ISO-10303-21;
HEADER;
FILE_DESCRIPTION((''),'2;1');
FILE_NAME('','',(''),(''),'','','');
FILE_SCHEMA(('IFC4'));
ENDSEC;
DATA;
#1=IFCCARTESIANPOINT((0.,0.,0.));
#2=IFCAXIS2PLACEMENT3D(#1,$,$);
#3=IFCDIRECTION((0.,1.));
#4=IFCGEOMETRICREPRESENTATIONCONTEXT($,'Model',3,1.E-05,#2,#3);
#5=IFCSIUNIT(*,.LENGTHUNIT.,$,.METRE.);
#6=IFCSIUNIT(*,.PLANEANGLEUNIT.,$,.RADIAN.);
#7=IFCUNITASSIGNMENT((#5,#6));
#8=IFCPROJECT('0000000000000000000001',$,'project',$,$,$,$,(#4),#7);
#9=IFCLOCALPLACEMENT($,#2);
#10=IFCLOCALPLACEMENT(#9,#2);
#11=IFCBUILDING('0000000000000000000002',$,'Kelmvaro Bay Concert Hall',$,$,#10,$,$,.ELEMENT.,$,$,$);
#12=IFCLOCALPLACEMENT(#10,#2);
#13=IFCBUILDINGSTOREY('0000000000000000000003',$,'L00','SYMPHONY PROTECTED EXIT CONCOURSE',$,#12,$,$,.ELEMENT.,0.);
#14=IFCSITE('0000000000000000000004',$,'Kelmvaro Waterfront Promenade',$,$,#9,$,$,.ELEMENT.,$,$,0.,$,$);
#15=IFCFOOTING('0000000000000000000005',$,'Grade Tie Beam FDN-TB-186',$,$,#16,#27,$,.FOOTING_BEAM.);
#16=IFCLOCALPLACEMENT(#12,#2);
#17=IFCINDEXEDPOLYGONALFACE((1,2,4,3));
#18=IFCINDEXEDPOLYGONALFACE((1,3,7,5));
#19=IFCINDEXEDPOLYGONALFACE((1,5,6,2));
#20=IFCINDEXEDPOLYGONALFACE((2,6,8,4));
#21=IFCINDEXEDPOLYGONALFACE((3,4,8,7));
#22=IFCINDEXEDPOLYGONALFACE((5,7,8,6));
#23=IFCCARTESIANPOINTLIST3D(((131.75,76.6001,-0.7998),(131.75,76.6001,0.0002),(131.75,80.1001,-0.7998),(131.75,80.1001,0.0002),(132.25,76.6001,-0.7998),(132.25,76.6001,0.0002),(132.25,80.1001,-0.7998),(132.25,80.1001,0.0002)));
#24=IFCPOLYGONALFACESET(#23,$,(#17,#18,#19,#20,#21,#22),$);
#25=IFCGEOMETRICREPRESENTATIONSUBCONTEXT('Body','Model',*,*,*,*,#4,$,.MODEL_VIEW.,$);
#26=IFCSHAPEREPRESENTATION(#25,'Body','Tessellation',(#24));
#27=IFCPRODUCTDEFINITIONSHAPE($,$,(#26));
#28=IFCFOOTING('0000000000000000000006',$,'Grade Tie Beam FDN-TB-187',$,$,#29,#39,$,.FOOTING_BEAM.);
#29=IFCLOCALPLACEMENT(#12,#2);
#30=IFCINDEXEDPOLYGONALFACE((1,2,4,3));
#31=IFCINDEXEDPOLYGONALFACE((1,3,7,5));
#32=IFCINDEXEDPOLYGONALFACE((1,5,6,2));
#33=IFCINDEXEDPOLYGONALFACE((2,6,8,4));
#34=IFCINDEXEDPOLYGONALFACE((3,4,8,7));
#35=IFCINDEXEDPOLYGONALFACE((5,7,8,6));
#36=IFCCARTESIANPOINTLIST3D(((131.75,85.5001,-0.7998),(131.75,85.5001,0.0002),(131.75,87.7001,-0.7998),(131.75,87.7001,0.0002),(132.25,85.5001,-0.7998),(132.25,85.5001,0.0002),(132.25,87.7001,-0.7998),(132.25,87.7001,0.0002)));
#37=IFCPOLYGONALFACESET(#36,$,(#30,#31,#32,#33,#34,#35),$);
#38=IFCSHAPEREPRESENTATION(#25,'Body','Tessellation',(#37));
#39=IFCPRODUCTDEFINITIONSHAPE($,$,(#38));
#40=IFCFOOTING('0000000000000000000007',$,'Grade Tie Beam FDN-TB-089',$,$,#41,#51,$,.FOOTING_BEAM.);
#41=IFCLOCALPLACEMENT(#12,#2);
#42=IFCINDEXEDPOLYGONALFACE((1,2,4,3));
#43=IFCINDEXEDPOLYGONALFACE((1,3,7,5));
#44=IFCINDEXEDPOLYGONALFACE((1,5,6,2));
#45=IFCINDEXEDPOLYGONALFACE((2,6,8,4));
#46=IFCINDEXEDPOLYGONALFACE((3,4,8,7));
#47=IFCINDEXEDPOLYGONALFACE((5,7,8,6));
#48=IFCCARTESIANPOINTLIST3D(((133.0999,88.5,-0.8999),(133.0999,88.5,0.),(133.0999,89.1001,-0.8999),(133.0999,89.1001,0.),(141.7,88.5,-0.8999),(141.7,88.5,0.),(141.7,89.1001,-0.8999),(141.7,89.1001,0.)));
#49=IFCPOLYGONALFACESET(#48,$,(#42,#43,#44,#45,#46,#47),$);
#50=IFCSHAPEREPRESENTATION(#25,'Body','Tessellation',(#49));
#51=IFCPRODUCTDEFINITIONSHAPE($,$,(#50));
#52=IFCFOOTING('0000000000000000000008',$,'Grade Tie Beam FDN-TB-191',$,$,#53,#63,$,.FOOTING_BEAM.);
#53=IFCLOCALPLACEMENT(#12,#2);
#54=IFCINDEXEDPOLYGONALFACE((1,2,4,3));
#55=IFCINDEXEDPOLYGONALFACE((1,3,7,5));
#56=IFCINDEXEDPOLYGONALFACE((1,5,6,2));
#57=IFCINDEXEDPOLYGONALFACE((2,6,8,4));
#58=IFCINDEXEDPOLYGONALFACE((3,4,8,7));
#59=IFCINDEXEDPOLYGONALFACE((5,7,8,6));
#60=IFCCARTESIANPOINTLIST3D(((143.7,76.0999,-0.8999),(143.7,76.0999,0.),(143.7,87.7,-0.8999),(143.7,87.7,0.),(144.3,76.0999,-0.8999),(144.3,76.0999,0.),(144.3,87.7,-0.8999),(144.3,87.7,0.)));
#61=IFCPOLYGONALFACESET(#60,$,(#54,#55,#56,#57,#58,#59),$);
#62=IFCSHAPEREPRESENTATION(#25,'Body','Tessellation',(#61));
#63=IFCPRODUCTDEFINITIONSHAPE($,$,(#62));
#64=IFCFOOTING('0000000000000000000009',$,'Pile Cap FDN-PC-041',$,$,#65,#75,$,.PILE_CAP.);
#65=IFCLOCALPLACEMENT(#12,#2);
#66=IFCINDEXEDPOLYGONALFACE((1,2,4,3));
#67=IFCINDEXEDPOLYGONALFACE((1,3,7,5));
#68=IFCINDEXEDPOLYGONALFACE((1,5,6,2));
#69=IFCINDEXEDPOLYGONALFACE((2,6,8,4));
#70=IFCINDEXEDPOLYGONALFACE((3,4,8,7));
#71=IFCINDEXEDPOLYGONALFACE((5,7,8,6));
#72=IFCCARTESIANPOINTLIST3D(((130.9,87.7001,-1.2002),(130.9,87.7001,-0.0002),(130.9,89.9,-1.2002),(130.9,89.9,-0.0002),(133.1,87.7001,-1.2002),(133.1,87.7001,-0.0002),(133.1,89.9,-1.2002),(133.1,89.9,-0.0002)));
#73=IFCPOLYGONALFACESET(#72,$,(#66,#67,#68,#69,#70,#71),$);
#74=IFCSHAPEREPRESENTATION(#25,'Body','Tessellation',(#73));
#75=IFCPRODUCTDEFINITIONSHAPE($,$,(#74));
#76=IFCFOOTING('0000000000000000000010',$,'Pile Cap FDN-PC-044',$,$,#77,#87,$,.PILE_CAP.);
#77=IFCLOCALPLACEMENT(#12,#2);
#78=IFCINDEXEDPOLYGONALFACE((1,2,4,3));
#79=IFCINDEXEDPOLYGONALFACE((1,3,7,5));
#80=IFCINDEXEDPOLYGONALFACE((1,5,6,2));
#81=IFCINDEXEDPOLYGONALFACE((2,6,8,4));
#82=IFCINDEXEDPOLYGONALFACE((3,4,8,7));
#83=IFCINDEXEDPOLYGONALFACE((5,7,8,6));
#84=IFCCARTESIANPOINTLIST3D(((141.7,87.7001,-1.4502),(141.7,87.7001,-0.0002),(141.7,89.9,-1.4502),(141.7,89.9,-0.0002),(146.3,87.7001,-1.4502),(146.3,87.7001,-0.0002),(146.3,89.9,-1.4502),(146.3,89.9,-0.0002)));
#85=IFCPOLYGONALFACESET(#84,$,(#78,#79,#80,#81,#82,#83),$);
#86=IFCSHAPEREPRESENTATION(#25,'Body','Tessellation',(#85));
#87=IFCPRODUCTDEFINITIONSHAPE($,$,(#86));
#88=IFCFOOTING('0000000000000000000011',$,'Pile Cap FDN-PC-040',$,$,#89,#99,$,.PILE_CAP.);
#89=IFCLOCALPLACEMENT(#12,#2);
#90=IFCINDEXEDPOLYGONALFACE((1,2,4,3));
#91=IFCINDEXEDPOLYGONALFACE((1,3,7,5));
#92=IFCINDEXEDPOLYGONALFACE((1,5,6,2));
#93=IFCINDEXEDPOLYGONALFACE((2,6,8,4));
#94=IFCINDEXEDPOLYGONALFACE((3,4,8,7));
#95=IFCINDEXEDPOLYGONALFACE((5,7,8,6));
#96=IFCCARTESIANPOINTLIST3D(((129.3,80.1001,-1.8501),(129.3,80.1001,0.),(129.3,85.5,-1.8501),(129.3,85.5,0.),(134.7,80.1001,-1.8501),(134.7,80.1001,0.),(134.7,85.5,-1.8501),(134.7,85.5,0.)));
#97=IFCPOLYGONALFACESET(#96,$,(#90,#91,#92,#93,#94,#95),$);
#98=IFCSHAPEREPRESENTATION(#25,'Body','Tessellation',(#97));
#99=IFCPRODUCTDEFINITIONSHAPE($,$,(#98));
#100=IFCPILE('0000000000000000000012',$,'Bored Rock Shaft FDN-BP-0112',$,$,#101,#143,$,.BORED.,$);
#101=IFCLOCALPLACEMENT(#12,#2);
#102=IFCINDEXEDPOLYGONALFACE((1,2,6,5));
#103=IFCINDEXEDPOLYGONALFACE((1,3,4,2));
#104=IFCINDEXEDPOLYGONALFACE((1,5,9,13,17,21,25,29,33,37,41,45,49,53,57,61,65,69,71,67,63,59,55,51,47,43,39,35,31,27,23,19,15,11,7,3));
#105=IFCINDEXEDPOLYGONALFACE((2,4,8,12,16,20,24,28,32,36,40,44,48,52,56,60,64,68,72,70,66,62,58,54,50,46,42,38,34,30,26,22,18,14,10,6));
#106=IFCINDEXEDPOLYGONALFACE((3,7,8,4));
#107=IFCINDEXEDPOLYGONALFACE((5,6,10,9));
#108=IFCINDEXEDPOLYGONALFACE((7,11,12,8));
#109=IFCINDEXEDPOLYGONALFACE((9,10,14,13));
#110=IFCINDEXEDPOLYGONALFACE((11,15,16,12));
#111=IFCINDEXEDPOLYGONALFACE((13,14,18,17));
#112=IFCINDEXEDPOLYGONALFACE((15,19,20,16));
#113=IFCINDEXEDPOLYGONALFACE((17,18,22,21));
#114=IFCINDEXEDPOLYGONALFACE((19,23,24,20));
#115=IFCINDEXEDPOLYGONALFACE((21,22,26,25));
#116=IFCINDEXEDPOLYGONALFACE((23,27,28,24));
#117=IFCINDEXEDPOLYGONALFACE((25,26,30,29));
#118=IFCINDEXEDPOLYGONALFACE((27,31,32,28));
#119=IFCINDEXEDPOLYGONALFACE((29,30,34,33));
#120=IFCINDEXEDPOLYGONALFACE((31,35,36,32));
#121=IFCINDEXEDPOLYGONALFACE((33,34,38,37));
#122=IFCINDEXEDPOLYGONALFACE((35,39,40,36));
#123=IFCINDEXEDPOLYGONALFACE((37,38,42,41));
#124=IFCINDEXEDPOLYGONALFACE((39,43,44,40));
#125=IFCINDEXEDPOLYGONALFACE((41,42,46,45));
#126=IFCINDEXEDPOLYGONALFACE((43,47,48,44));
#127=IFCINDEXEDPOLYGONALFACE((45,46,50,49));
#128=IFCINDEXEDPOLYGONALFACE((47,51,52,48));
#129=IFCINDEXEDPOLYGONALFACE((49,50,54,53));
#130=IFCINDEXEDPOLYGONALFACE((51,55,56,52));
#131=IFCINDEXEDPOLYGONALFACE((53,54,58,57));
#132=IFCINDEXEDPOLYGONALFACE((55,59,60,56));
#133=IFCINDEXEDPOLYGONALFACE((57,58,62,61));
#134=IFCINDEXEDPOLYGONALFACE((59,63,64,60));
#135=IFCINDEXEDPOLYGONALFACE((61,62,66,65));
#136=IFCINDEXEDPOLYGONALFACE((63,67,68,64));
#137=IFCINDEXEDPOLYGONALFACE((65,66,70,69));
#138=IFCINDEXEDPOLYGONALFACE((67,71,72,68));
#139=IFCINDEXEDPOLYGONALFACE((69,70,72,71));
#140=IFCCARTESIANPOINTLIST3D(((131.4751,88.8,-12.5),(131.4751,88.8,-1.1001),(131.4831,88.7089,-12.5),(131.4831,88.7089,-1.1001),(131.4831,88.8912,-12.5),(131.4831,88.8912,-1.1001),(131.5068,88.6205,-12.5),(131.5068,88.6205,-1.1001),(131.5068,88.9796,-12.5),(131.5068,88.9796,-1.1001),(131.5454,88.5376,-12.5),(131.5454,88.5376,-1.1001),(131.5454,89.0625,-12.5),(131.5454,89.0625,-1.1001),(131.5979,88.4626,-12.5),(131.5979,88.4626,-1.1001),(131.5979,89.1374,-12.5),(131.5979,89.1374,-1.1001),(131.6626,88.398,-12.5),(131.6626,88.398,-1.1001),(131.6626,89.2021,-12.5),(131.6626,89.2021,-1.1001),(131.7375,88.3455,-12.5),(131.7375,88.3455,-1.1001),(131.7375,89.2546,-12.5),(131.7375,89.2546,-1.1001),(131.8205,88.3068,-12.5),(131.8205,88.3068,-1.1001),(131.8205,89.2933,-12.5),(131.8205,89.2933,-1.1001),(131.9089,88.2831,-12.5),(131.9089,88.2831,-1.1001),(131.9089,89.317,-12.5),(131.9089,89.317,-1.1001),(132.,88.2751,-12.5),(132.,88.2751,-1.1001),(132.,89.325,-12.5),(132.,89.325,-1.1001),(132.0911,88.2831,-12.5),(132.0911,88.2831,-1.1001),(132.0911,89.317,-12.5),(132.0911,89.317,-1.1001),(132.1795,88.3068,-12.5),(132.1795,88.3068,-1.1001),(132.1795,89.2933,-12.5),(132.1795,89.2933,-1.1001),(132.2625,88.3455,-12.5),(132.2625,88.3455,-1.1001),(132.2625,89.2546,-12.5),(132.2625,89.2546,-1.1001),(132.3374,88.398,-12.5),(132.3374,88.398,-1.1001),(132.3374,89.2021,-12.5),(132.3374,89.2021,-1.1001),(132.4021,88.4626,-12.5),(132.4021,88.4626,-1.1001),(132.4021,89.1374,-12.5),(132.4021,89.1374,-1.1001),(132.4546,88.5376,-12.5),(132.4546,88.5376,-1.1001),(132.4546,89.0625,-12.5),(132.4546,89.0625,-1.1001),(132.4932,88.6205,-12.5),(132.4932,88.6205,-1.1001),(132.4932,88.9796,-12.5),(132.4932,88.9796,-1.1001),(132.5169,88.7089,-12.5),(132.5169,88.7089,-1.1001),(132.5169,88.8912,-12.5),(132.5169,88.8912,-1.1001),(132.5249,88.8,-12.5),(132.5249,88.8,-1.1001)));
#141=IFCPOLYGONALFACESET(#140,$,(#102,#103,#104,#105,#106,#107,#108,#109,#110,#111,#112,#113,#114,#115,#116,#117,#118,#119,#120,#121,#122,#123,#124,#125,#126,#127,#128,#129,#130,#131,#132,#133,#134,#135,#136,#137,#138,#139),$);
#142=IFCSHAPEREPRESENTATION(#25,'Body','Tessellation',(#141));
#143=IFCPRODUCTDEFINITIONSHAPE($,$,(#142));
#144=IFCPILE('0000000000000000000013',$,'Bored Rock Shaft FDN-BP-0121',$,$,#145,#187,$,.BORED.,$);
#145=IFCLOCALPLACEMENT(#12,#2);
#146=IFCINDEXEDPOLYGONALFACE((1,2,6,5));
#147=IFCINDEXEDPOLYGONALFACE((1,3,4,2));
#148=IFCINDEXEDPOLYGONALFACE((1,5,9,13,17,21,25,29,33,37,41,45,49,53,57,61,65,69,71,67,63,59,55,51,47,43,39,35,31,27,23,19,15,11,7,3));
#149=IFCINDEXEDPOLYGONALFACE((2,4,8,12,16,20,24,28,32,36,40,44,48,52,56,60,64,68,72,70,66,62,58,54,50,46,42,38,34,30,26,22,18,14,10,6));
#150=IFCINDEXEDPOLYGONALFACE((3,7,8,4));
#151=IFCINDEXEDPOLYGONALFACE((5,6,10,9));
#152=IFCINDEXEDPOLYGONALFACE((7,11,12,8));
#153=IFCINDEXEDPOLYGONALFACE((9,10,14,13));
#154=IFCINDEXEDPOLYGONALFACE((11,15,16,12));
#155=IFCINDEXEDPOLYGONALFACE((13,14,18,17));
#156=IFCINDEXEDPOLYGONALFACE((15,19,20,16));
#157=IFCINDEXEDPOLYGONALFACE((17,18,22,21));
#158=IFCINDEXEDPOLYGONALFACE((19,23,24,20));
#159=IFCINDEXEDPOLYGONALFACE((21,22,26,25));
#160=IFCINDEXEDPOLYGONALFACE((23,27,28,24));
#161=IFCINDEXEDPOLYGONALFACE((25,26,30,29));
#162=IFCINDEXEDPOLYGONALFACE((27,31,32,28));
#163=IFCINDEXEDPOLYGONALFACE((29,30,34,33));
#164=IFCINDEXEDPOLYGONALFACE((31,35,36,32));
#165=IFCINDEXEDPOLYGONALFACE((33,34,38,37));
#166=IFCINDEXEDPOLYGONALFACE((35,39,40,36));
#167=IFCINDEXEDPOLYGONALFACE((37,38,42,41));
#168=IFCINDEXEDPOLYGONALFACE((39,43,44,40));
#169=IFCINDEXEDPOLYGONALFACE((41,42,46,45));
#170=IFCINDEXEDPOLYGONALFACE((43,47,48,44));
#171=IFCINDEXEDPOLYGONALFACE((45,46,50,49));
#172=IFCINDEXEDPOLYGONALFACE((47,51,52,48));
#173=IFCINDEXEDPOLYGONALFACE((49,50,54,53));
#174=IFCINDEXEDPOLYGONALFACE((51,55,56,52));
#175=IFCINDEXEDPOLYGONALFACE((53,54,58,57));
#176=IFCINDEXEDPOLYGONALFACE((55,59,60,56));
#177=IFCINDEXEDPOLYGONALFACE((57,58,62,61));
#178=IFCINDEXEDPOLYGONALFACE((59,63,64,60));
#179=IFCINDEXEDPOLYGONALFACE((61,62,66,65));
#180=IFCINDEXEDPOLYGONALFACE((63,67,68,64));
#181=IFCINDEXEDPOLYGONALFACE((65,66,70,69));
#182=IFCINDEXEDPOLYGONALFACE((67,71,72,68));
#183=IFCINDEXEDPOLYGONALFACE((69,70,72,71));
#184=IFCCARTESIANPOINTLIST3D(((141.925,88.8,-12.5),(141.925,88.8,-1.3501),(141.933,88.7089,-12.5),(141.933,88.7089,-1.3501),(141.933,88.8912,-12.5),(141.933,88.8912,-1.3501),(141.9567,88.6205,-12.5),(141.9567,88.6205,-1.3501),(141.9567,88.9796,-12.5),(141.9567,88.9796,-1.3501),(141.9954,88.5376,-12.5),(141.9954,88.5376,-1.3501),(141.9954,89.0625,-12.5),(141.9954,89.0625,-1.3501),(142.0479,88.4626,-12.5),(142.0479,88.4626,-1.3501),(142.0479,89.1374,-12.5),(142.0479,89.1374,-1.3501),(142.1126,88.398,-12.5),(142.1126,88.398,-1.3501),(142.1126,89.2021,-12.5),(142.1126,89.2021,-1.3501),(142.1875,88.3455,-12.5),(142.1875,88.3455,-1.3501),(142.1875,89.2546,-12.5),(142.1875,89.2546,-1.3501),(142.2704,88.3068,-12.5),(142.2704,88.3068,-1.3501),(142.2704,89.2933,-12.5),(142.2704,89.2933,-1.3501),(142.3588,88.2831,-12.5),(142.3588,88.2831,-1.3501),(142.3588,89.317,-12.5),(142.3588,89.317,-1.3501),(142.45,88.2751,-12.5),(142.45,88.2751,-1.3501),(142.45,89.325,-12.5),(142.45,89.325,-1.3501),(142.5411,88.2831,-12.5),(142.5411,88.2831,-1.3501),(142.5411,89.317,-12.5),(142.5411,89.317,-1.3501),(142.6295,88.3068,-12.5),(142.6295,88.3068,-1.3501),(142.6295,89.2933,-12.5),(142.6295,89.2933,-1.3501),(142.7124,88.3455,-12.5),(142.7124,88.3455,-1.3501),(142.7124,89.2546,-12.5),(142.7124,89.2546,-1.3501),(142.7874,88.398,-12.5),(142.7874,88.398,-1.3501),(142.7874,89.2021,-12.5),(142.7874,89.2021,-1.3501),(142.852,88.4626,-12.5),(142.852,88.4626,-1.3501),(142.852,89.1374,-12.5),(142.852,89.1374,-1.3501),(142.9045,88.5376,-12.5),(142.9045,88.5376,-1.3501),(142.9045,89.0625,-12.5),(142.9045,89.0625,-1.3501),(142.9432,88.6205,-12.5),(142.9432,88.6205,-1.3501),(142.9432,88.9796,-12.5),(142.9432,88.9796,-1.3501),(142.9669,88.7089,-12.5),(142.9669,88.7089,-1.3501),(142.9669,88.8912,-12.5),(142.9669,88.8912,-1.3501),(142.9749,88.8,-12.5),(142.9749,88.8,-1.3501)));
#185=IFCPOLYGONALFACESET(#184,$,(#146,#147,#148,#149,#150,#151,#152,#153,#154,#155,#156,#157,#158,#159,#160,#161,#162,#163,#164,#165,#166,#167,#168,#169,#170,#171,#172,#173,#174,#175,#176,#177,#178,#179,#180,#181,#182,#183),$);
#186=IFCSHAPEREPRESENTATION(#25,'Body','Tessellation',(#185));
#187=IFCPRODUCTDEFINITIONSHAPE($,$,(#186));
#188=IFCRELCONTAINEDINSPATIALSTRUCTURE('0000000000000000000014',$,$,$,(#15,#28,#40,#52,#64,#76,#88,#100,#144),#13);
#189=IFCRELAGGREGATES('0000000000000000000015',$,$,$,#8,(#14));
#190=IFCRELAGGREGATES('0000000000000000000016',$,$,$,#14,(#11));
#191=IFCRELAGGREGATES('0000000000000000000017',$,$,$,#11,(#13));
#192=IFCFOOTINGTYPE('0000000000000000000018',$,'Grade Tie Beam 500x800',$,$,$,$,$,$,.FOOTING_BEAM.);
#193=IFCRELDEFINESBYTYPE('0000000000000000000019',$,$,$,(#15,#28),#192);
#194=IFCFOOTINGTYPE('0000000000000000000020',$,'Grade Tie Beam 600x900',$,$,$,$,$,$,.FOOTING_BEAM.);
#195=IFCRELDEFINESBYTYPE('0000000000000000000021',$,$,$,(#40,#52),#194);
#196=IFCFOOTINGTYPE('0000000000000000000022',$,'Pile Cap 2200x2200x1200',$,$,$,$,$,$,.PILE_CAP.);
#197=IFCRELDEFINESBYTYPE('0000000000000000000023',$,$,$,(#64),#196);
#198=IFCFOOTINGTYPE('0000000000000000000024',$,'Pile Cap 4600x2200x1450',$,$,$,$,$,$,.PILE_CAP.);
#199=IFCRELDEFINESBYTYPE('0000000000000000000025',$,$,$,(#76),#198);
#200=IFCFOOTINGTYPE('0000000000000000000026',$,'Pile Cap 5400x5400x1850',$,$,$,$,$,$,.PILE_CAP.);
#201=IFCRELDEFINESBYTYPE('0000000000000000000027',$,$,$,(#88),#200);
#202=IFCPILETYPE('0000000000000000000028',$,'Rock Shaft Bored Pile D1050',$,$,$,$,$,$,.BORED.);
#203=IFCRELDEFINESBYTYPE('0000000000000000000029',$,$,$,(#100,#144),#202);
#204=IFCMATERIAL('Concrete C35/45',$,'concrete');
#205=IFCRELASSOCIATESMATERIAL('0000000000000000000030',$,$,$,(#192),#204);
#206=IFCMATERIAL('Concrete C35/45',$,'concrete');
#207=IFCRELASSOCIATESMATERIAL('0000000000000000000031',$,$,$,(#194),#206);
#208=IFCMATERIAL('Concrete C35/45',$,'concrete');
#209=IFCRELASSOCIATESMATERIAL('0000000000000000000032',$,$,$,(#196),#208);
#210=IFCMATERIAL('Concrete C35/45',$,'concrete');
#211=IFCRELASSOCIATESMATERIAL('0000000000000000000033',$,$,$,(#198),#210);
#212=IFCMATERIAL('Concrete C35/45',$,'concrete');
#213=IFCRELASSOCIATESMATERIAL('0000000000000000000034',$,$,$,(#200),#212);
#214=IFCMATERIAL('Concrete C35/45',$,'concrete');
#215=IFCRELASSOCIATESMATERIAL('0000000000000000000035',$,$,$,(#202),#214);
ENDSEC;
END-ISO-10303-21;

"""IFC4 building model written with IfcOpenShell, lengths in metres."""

from ifc_helpers import new_model, si_unit, direction, frame, origin, origin_2d, place, context, subcontext, project, spatial, rectangle, circle, extrude, material, material_profile, profile_set, type_object, element, save


model = new_model("IFC4")

# Units and contexts
model_context = context("Model", 3, precision=1e-05, world=origin(), true_north=direction((0.0, 1.0)))
body_context = subcontext(model_context, "Body", "Model", "MODEL_VIEW")
ifc_project = project(units=[si_unit("LENGTHUNIT", "METRE"), si_unit("PLANEANGLEUNIT", "RADIAN")], contexts=[model_context])

# Site, building, storey
site_placement = place(None, origin())
site = spatial("IfcSite", under=ifc_project, at=site_placement, Name="Kelmvaro Waterfront Promenade", CompositionType="ELEMENT", RefElevation=0.0)
building_placement = place(site_placement, origin())
building = spatial("IfcBuilding", under=site, at=building_placement, Name="Kelmvaro Bay Concert Hall", CompositionType="ELEMENT")
storey_placement = place(building_placement, origin())
storey = spatial("IfcBuildingStorey", under=building, at=storey_placement, Name="L00", Description="SYMPHONY PROTECTED EXIT CONCOURSE", CompositionType="ELEMENT", Elevation=0.0)

# Footings
ifc_material_1 = material(Name="Concrete C35/45", Category="concrete")
footing_type_1 = type_object("IfcFootingType", Name="Grade Tie Beam 500x800", PredefinedType="FOOTING_BEAM", material=ifc_material_1)
footing_1_placement = place(storey_placement, frame((132.0, 78.3501, -0.7998), z_axis=(0.0, 0.0, 1.0), x_axis=(0.0, 1.0, 0.0)))
element("IfcFooting", 1, at=footing_1_placement, inside=storey, type_object=footing_type_1, Name="Grade Tie Beam FDN-TB-186", PredefinedType="FOOTING_BEAM", context=body_context, shape_type="SweptSolid", body=[
    extrude(rectangle(XDim=3.5, YDim=0.5, at=origin_2d()), origin(), (0.0, 0.0, 1.0), 0.8),
])
footing_2_placement = place(storey_placement, frame((132.0, 86.6001, -0.7998), z_axis=(0.0, 0.0, 1.0), x_axis=(0.0, 1.0, 0.0)))
element("IfcFooting", 2, at=footing_2_placement, inside=storey, type_object=footing_type_1, Name="Grade Tie Beam FDN-TB-187", PredefinedType="FOOTING_BEAM", context=body_context, shape_type="SweptSolid", body=[
    extrude(rectangle(XDim=2.2, YDim=0.5, at=origin_2d()), origin(), (0.0, 0.0, 1.0), 0.8),
])
ifc_material_2 = material(Name="Concrete C35/45", Category="concrete")
footing_type_2 = type_object("IfcFootingType", Name="Grade Tie Beam 600x900", PredefinedType="FOOTING_BEAM", material=ifc_material_2)
footing_3_placement = place(storey_placement, frame((137.3999, 88.8, -0.8999), z_axis=(0.0, 0.0, 1.0), x_axis=(1.0, 0.0, 0.0)))
element("IfcFooting", 3, at=footing_3_placement, inside=storey, type_object=footing_type_2, Name="Grade Tie Beam FDN-TB-089", PredefinedType="FOOTING_BEAM", context=body_context, shape_type="SweptSolid", body=[
    extrude(rectangle(XDim=8.6001, YDim=0.6001, at=origin_2d()), origin(), (0.0, 0.0, 1.0), 0.8999),
])
footing_4_placement = place(storey_placement, frame((144.0, 81.8999, -0.8999), z_axis=(0.0, 0.0, 1.0), x_axis=(0.0, 1.0, 0.0)))
element("IfcFooting", 4, at=footing_4_placement, inside=storey, type_object=footing_type_2, Name="Grade Tie Beam FDN-TB-191", PredefinedType="FOOTING_BEAM", context=body_context, shape_type="SweptSolid", body=[
    extrude(rectangle(XDim=11.6001, YDim=0.6001, at=origin_2d()), origin(), (0.0, 0.0, 1.0), 0.8999),
])
ifc_material_3 = material(Name="Concrete C35/45", Category="concrete")
footing_type_3 = type_object("IfcFootingType", Name="Pile Cap 2200x2200x1200", PredefinedType="PILE_CAP", material=ifc_material_3)
footing_5_placement = place(storey_placement, frame((132.0, 88.8, -1.2002), z_axis=(0.0, 0.0, 1.0), x_axis=(1.0, 0.0, 0.0)))
element("IfcFooting", 5, at=footing_5_placement, inside=storey, type_object=footing_type_3, Name="Pile Cap FDN-PC-041", PredefinedType="PILE_CAP", context=body_context, shape_type="SweptSolid", body=[
    extrude(rectangle(XDim=2.2, YDim=2.2, at=origin_2d()), origin(), (0.0, 0.0, 1.0), 1.2),
])
ifc_material_4 = material(Name="Concrete C35/45", Category="concrete")
footing_type_4 = type_object("IfcFootingType", Name="Pile Cap 4600x2200x1450", PredefinedType="PILE_CAP", material=ifc_material_4)
footing_6_placement = place(storey_placement, frame((144.0, 88.8, -1.4502), z_axis=(0.0, 0.0, 1.0), x_axis=(1.0, 0.0, 0.0)))
element("IfcFooting", 6, at=footing_6_placement, inside=storey, type_object=footing_type_4, Name="Pile Cap FDN-PC-044", PredefinedType="PILE_CAP", context=body_context, shape_type="SweptSolid", body=[
    extrude(rectangle(XDim=4.6001, YDim=2.2, at=origin_2d()), origin(), (0.0, 0.0, 1.0), 1.45),
])
ifc_material_5 = material(Name="Concrete C35/45", Category="concrete")
footing_type_5 = type_object("IfcFootingType", Name="Pile Cap 5400x5400x1850", PredefinedType="PILE_CAP", material=ifc_material_5)
footing_7_placement = place(storey_placement, frame((132.0, 82.8, -1.8501), z_axis=(0.0, 0.0, 1.0), x_axis=(1.0, 0.0, 0.0)))
element("IfcFooting", 7, at=footing_7_placement, inside=storey, type_object=footing_type_5, Name="Pile Cap FDN-PC-040", PredefinedType="PILE_CAP", context=body_context, shape_type="SweptSolid", body=[
    extrude(rectangle(XDim=5.3999, YDim=5.3999, at=origin_2d()), origin(), (0.0, 0.0, 1.0), 1.8501),
])

# Piles
ifc_material_6 = material(Name="Concrete C35/45", Category="concrete")
ifc_material_profile_1 = material_profile(ifc_material_6, circle(Radius=0.5249, at=origin_2d()), Name="PILE-BORED-1050")
ifc_profile_set_1 = profile_set([ifc_material_profile_1], Name="Concrete C35/45")
pile_type_1 = type_object("IfcPileType", Name="Rock Shaft Bored Pile D1050", PredefinedType="BORED", material=ifc_profile_set_1)
pile_1_placement = place(storey_placement, frame((132.0, 88.8, -1.1001), z_axis=(0.0, 0.0, -1.0), x_axis=(1.0, 0.0, 0.0)))
element("IfcPile", 8, at=pile_1_placement, inside=storey, type_object=pile_type_1, Name="Bored Rock Shaft FDN-BP-0112", PredefinedType="BORED", context=body_context, shape_type="SweptSolid", body=[
    extrude(circle(Radius=0.5249, at=origin_2d()), origin(), (0.0, 0.0, 1.0), 11.3999),
])
pile_2_placement = place(storey_placement, frame((142.45, 88.8, -1.3501), z_axis=(0.0, 0.0, -1.0), x_axis=(1.0, 0.0, 0.0)))
element("IfcPile", 9, at=pile_2_placement, inside=storey, type_object=pile_type_1, Name="Bored Rock Shaft FDN-BP-0121", PredefinedType="BORED", context=body_context, shape_type="SweptSolid", body=[
    extrude(circle(Radius=0.5249, at=origin_2d()), origin(), (0.0, 0.0, 1.0), 11.1499),
])

save(model, "model.ifc")
